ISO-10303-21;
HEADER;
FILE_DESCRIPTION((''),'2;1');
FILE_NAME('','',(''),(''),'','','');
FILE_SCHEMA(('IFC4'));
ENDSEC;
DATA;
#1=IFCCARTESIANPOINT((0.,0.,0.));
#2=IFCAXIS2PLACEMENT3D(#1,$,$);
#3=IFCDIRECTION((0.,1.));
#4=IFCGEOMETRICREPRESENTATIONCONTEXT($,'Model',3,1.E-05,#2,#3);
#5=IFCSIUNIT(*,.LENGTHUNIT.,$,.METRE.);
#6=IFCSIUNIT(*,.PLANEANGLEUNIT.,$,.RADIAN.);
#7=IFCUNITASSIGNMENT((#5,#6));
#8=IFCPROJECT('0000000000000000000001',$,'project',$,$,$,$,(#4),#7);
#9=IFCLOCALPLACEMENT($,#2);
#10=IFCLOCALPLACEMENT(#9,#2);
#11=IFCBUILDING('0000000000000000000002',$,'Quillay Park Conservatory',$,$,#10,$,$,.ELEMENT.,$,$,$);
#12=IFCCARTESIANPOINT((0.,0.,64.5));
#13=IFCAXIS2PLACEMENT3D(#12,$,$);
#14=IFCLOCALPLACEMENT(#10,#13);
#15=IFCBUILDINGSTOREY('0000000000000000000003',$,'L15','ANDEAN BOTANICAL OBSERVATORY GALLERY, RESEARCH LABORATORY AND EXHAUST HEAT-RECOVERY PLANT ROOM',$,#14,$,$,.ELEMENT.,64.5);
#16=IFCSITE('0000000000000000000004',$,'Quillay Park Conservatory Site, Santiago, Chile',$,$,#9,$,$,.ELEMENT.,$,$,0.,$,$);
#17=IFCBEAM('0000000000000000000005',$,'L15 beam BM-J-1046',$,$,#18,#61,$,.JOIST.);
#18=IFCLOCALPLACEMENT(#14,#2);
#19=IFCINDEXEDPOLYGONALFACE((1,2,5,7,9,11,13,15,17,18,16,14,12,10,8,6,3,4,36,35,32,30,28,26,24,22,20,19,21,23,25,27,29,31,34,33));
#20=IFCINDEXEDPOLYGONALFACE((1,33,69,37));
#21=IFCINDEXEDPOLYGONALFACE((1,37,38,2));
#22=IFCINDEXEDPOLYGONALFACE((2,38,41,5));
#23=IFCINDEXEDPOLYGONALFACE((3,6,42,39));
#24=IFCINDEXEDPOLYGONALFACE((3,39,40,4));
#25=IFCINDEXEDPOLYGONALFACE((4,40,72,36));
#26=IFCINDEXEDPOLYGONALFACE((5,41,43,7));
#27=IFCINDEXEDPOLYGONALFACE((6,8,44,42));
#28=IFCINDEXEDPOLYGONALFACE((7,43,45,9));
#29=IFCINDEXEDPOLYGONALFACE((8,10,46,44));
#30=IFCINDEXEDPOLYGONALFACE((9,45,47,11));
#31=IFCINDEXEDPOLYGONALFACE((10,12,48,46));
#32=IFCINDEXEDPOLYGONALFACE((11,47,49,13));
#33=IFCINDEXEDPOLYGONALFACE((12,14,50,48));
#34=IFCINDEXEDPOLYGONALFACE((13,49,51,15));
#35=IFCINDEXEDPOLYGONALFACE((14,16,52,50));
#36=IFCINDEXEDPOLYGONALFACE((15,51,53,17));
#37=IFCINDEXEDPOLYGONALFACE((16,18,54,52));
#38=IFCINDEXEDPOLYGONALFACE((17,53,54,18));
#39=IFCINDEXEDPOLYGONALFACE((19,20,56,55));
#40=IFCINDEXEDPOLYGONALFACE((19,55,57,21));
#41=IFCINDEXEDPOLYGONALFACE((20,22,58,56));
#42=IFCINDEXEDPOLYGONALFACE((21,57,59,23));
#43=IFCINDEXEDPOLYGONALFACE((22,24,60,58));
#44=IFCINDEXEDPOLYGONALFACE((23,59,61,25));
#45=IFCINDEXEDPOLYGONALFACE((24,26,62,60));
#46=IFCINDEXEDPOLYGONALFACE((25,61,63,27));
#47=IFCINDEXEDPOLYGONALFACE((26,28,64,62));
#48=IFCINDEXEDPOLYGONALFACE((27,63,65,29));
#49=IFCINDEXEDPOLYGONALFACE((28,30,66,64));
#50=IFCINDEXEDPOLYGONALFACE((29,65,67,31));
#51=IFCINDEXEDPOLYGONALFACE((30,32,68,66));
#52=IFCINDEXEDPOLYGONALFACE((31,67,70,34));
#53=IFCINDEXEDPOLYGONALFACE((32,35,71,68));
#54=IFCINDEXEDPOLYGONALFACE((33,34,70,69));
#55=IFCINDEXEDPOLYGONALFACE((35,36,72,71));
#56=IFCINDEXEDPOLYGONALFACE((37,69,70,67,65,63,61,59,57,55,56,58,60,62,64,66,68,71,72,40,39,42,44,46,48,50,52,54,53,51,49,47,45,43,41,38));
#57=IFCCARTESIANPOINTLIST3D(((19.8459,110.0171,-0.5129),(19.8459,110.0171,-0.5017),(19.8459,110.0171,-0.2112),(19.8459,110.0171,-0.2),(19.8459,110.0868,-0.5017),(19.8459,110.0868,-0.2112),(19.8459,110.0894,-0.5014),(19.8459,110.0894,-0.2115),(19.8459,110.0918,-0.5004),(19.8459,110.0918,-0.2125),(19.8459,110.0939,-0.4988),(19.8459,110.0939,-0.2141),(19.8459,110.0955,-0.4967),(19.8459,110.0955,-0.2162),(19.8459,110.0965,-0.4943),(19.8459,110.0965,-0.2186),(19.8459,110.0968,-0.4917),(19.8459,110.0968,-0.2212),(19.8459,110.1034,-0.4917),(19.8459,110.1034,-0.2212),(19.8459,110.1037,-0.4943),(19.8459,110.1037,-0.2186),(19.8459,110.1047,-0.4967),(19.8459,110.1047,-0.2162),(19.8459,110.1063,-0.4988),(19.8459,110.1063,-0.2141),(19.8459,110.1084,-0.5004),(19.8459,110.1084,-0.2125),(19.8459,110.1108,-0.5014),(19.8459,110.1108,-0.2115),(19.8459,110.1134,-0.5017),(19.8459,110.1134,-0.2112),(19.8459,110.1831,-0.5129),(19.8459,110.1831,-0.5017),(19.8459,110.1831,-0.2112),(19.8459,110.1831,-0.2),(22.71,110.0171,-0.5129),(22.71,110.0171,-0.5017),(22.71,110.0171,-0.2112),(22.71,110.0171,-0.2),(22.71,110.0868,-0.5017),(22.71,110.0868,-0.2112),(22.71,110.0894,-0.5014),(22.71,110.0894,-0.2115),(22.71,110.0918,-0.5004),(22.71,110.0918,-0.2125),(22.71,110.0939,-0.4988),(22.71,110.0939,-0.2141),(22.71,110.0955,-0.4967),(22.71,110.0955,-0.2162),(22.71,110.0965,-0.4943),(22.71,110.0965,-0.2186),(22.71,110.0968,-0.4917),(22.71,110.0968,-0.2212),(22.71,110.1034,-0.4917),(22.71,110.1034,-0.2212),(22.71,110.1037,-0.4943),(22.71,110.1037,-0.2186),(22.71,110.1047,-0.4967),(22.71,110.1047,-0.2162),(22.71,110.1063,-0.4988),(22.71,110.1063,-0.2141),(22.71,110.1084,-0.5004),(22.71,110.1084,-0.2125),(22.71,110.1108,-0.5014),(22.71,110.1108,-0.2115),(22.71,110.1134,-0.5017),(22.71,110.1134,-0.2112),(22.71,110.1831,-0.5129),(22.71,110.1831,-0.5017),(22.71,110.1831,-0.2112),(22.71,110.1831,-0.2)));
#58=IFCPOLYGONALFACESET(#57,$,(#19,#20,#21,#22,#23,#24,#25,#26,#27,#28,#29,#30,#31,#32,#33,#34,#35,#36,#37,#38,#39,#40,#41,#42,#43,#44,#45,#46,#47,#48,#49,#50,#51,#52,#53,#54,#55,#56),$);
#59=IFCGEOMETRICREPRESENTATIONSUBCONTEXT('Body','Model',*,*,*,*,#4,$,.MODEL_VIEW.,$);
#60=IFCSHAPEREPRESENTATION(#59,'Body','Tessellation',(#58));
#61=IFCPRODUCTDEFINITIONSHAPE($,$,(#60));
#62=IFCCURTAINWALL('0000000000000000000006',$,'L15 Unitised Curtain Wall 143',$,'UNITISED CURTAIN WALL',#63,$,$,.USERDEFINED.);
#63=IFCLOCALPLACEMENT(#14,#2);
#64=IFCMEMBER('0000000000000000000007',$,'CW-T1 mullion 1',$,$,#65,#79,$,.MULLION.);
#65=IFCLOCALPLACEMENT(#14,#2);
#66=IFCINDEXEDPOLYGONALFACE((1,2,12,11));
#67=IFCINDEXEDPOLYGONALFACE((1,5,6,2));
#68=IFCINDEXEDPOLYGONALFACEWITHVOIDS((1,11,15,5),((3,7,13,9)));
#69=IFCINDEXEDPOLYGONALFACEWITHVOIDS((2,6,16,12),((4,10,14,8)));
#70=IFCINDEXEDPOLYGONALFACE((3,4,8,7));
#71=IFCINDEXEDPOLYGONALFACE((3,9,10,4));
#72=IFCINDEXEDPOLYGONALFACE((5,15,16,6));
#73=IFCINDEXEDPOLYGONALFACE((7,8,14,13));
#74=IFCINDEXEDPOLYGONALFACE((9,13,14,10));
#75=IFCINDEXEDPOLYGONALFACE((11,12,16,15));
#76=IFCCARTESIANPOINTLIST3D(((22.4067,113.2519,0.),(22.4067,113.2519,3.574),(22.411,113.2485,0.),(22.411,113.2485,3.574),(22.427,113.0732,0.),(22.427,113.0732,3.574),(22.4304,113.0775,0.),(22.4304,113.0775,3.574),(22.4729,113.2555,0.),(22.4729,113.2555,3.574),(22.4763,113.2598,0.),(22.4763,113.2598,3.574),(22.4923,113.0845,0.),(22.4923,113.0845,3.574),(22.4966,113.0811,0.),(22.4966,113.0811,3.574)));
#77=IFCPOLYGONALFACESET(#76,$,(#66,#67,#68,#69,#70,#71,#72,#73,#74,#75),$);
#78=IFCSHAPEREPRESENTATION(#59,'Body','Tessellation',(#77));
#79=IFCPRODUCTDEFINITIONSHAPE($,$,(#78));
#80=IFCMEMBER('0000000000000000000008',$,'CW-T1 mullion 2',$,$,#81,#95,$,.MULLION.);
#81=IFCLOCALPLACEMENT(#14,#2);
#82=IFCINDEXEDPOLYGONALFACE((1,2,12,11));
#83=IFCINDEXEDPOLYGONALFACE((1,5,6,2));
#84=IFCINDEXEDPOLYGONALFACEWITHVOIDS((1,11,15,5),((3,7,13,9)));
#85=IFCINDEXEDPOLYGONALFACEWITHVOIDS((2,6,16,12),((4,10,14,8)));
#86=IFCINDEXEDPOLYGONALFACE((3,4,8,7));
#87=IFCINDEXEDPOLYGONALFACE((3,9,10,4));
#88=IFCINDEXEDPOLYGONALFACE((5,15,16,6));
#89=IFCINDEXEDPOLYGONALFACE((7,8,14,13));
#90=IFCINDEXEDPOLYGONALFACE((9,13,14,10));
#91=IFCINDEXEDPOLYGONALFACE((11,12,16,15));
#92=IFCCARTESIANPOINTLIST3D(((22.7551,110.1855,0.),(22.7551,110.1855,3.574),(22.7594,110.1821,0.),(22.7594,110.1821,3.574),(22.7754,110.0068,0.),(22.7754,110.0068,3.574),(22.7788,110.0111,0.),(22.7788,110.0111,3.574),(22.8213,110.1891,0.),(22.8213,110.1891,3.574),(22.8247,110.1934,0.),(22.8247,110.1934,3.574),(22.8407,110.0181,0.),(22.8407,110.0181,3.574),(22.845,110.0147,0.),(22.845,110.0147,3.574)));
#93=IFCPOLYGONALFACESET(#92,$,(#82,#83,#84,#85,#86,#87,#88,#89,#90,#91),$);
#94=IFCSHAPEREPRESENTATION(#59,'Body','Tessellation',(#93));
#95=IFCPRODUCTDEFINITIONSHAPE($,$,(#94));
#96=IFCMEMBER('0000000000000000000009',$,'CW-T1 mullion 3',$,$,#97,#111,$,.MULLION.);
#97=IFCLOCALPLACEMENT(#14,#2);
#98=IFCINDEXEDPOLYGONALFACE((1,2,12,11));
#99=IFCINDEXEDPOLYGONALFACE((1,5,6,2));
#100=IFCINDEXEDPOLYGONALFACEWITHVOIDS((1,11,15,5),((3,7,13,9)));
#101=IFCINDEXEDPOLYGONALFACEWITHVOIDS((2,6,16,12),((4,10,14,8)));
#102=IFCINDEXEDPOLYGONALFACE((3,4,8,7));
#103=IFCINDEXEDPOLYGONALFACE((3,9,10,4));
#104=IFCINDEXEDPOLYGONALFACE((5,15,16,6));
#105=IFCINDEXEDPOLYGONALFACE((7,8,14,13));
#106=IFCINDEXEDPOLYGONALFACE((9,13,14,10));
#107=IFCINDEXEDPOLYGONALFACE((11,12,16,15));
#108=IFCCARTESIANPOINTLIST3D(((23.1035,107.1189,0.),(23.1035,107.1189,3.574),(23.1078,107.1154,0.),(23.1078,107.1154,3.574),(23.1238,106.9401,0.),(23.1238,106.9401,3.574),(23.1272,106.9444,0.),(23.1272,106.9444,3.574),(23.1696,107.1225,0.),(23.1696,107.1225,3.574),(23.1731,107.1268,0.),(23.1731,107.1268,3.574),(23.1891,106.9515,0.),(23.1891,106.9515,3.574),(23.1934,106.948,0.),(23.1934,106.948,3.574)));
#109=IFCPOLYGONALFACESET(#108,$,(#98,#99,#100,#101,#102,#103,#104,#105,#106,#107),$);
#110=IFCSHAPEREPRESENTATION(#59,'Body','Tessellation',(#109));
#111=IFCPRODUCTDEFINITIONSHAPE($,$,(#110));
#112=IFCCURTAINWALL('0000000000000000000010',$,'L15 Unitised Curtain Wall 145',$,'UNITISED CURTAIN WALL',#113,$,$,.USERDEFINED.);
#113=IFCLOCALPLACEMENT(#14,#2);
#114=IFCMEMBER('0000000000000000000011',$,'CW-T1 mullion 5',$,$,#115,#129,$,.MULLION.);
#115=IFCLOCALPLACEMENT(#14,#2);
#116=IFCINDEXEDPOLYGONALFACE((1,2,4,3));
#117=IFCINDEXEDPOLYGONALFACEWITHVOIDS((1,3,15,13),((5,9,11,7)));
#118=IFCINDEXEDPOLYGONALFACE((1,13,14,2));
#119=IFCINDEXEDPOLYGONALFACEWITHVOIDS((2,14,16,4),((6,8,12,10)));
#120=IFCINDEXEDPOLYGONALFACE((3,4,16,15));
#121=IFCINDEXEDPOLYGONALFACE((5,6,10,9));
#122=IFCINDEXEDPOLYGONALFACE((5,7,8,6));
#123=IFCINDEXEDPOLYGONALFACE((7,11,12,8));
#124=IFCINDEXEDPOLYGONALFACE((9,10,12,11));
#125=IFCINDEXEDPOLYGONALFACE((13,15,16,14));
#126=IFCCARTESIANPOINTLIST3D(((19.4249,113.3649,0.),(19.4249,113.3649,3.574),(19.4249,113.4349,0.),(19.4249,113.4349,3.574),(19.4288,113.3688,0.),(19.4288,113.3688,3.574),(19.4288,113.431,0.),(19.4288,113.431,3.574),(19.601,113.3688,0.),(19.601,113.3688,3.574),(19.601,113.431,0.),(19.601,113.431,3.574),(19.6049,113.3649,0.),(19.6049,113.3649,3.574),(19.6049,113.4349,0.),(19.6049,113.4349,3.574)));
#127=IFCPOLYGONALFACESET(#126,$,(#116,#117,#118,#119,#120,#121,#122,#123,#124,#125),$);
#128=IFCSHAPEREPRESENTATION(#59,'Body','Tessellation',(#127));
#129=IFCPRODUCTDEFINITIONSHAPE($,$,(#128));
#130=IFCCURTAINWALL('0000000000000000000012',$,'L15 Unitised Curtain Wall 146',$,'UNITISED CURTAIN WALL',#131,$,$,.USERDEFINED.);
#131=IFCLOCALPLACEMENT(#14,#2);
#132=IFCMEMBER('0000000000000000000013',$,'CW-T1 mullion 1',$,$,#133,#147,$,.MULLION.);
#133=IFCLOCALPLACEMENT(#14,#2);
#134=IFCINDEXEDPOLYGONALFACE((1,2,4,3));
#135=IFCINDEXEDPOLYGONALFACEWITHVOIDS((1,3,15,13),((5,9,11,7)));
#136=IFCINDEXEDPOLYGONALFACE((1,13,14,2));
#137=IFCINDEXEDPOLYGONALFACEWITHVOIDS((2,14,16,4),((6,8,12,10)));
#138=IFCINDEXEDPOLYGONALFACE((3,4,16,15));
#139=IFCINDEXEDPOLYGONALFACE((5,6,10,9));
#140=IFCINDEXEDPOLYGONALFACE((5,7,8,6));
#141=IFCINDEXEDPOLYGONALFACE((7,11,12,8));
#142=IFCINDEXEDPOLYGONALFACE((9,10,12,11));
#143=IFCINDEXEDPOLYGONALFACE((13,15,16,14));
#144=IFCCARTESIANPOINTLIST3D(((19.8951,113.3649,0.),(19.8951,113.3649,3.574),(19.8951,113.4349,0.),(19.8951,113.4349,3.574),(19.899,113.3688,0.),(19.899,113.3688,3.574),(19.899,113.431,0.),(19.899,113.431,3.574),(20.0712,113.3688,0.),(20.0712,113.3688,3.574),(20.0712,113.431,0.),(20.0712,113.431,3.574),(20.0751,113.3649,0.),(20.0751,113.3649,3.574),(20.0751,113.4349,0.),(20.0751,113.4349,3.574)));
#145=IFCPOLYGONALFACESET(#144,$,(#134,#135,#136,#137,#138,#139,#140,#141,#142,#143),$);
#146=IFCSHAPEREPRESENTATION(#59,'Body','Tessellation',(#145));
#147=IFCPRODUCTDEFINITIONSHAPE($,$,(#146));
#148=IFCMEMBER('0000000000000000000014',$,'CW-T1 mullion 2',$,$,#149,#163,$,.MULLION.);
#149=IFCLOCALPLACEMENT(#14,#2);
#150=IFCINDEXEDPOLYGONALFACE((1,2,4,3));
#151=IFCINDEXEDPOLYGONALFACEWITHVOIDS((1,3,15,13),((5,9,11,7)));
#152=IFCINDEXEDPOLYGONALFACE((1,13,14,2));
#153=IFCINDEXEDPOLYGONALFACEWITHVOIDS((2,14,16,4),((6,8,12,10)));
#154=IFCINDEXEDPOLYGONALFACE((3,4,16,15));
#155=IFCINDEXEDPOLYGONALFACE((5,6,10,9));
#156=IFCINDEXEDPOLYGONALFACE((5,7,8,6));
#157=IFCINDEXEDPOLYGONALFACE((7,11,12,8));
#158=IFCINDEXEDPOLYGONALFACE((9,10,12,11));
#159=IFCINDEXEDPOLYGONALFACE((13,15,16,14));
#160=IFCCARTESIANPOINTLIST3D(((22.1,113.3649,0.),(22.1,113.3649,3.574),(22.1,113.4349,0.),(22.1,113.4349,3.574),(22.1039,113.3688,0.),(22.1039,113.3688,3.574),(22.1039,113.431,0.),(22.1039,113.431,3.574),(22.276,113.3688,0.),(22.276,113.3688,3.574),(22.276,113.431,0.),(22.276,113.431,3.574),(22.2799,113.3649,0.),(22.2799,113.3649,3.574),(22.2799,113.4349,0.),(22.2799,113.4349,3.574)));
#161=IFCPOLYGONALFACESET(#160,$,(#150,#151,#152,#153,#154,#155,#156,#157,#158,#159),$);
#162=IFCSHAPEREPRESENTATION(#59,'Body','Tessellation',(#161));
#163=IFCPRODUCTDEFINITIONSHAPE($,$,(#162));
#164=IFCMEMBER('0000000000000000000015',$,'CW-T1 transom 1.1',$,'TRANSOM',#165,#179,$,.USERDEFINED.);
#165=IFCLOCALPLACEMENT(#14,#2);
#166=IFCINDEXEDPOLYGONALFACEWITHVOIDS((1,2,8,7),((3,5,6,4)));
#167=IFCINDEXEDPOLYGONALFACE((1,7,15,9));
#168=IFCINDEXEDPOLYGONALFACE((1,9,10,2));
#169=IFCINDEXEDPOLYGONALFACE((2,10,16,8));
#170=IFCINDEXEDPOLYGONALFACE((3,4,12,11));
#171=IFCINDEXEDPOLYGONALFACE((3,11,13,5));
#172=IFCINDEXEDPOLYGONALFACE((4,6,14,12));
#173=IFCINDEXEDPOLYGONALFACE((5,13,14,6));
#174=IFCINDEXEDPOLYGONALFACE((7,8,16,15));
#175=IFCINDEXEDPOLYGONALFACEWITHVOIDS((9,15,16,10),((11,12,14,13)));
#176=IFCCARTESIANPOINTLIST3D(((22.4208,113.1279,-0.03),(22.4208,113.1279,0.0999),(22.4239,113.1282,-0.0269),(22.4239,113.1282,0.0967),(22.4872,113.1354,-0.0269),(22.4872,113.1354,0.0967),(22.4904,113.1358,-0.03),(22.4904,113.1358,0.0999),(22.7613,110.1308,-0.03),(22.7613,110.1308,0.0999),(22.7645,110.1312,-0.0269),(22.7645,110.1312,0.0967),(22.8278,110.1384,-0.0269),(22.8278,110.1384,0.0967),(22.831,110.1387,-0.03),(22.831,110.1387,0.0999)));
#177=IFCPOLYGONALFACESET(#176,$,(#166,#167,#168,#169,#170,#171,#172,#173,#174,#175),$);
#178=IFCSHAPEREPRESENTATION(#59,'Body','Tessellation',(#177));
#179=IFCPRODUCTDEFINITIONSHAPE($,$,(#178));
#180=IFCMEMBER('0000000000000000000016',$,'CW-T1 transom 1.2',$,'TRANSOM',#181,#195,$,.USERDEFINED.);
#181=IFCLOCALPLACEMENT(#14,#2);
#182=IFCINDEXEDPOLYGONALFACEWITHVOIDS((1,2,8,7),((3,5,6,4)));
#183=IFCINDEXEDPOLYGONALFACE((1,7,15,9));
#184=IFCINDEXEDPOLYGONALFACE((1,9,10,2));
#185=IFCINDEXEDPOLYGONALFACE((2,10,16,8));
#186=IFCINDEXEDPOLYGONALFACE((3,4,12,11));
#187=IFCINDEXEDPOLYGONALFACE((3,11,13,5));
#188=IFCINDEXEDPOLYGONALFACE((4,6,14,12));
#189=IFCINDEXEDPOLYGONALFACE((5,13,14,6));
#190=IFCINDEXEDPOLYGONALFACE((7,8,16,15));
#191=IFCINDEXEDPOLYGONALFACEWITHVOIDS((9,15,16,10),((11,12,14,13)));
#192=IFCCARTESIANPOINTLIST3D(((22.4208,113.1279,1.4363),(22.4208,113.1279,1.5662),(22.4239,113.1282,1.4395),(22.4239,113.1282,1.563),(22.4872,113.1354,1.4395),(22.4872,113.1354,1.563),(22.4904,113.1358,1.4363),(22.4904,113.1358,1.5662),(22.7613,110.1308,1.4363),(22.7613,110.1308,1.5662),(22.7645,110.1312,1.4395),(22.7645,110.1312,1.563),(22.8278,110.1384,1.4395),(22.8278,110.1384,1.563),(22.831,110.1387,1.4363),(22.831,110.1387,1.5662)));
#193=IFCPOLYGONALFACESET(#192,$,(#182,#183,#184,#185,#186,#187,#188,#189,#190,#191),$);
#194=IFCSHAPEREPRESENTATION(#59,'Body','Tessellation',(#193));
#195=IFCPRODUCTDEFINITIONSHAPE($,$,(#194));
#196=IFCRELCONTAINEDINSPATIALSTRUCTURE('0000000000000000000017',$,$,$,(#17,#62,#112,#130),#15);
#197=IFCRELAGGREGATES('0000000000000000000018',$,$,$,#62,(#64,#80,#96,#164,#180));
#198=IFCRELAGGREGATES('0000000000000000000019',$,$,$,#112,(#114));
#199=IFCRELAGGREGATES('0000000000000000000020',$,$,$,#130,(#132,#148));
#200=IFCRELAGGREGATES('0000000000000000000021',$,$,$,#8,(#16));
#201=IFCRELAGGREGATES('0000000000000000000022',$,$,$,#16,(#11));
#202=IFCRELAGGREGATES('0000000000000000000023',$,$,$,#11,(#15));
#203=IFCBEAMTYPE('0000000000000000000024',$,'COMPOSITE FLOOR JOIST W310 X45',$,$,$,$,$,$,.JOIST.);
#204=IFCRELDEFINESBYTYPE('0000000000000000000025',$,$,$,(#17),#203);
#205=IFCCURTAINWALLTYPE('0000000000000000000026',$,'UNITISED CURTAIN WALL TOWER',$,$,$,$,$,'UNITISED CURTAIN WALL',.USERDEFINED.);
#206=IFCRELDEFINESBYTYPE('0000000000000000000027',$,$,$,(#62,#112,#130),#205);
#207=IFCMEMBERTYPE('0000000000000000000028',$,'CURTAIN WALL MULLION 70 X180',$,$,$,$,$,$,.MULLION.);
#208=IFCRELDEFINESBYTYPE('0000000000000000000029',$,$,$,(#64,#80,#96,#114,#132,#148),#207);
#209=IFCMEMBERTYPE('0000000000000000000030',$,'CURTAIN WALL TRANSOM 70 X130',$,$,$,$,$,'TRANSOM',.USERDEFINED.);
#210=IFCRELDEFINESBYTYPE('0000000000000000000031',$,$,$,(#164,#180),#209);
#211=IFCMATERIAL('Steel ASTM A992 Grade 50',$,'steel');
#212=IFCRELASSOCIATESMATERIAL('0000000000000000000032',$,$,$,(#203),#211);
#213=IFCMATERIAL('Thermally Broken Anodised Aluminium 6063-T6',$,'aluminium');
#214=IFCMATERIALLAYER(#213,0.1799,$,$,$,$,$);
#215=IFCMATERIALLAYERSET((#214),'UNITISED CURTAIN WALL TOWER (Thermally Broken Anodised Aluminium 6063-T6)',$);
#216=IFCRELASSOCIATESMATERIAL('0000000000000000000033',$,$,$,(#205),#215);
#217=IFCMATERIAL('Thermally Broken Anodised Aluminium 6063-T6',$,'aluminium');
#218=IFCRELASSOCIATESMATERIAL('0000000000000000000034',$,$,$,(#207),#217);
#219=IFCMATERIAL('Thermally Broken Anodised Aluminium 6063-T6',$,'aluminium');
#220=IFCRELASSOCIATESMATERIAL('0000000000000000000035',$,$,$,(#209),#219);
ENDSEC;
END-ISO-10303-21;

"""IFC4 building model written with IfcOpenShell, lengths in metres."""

from ifc_helpers import new_model, si_unit, direction, frame, origin, origin_2d, place, context, subcontext, project, spatial, hollow_rectangle, i_section, extrude, material, layer, layer_set, material_profile, profile_set, type_object, element, aggregate, save


model = new_model("IFC4")

# Units and contexts
model_context = context("Model", 3, precision=1e-05, world=origin(), true_north=direction((0.0, 1.0)))
body_context = subcontext(model_context, "Body", "Model", "MODEL_VIEW")
ifc_project = project(units=[si_unit("LENGTHUNIT", "METRE"), si_unit("PLANEANGLEUNIT", "RADIAN")], contexts=[model_context])

# Site, building, storey
site_placement = place(None, origin())
site = spatial("IfcSite", under=ifc_project, at=site_placement, Name="Quillay Park Conservatory Site, Santiago, Chile", CompositionType="ELEMENT", RefElevation=0.0)
building_placement = place(site_placement, origin())
building = spatial("IfcBuilding", under=site, at=building_placement, Name="Quillay Park Conservatory", CompositionType="ELEMENT")
storey_placement = place(building_placement, frame((0.0, 0.0, 64.5)))
storey = spatial("IfcBuildingStorey", under=building, at=storey_placement, Name="L15", Description="ANDEAN BOTANICAL OBSERVATORY GALLERY, RESEARCH LABORATORY AND EXHAUST HEAT-RECOVERY PLANT ROOM", CompositionType="ELEMENT", Elevation=64.5)

# Beam
ifc_material_1 = material(Name="Steel ASTM A992 Grade 50", Category="steel")
ifc_material_profile_1 = material_profile(ifc_material_1, i_section(OverallWidth=0.166, OverallDepth=0.313, WebThickness=0.0066, FlangeThickness=0.0112, FilletRadius=0.01, at=origin_2d()), Name="W310x45")
ifc_profile_set_1 = profile_set([ifc_material_profile_1], Name="Steel ASTM A992 Grade 50")
beam_type_1 = type_object("IfcBeamType", Name="COMPOSITE FLOOR JOIST W310 X45", PredefinedType="JOIST", material=ifc_profile_set_1)
beam_1_placement = place(storey_placement, frame((19.8459, 110.1001, -0.3564), z_axis=(1.0, 0.0, 0.0), x_axis=(0.0, 1.0, 0.0)))
element("IfcBeam", 1, at=beam_1_placement, inside=storey, type_object=beam_type_1, Name="L15 beam BM-J-1046", PredefinedType="JOIST", context=body_context, shape_type="SweptSolid", body=[
    extrude(i_section(OverallWidth=0.166, OverallDepth=0.313, WebThickness=0.0066, FlangeThickness=0.0112, FilletRadius=0.01, at=origin_2d()), origin(), (0.0, 0.0, 1.0), 2.864),
])

# Curtain wall, members
ifc_material_2 = material(Name="Thermally Broken Anodised Aluminium 6063-T6", Category="aluminium")
ifc_layer_1 = layer(ifc_material_2, 0.1799)
ifc_layer_set_1 = layer_set([ifc_layer_1], Name="UNITISED CURTAIN WALL TOWER (Thermally Broken Anodised Aluminium 6063-T6)")
curtain_wall_type = type_object("IfcCurtainWallType", Name="UNITISED CURTAIN WALL TOWER", ElementType="UNITISED CURTAIN WALL", PredefinedType="USERDEFINED", material=ifc_layer_set_1)
curtain_wall_1_placement = place(storey_placement, origin())
curtain_wall_1 = element("IfcCurtainWall", 2, at=curtain_wall_1_placement, inside=storey, type_object=curtain_wall_type, Name="L15 Unitised Curtain Wall 143", ObjectType="UNITISED CURTAIN WALL", PredefinedType="USERDEFINED")
ifc_material_3 = material(Name="Thermally Broken Anodised Aluminium 6063-T6", Category="aluminium")
ifc_material_profile_2 = material_profile(ifc_material_3, hollow_rectangle(XDim=0.0701, YDim=0.1799, WallThickness=0.0039, at=origin_2d()), Name="AL70x180x4")
ifc_profile_set_2 = profile_set([ifc_material_profile_2], Name="Thermally Broken Anodised Aluminium 6063-T6")
member_type_1 = type_object("IfcMemberType", Name="CURTAIN WALL MULLION 70 X180", PredefinedType="MULLION", material=ifc_profile_set_2)
member_1_placement = place(storey_placement, frame((22.4517, 113.1665, 0.0), z_axis=(0.0, 0.0, 1.0), x_axis=(0.993606, 0.112903, 0.0)))
member_1 = element("IfcMember", 3, at=member_1_placement, type_object=member_type_1, Name="CW-T1 mullion 1", PredefinedType="MULLION", context=body_context, shape_type="SweptSolid", body=[
    extrude(hollow_rectangle(XDim=0.0701, YDim=0.1799, WallThickness=0.0039, at=origin_2d()), origin(), (0.0, 0.0, 1.0), 3.574),
])
member_2_placement = place(storey_placement, frame((22.8, 110.1001, 0.0), z_axis=(0.0, 0.0, 1.0), x_axis=(0.993606, 0.112903, 0.0)))
member_2 = element("IfcMember", 4, at=member_2_placement, type_object=member_type_1, Name="CW-T1 mullion 2", PredefinedType="MULLION", context=body_context, shape_type="SweptSolid", body=[
    extrude(hollow_rectangle(XDim=0.0701, YDim=0.1799, WallThickness=0.0039, at=origin_2d()), origin(), (0.0, 0.0, 1.0), 3.574),
])
member_3_placement = place(storey_placement, frame((23.1484, 107.0334, 0.0), z_axis=(0.0, 0.0, 1.0), x_axis=(0.993606, 0.112903, 0.0)))
member_3 = element("IfcMember", 5, at=member_3_placement, type_object=member_type_1, Name="CW-T1 mullion 3", PredefinedType="MULLION", context=body_context, shape_type="SweptSolid", body=[
    extrude(hollow_rectangle(XDim=0.0701, YDim=0.1799, WallThickness=0.0039, at=origin_2d()), origin(), (0.0, 0.0, 1.0), 3.574),
])

# Curtain wall, member
curtain_wall_2_placement = place(storey_placement, origin())
curtain_wall_2 = element("IfcCurtainWall", 6, at=curtain_wall_2_placement, inside=storey, type_object=curtain_wall_type, Name="L15 Unitised Curtain Wall 145", ObjectType="UNITISED CURTAIN WALL", PredefinedType="USERDEFINED")
member_4_placement = place(storey_placement, frame((19.5149, 113.3999, 0.0), z_axis=(0.0, 0.0, 1.0), x_axis=(0.0, 1.0, 0.0)))
member_4 = element("IfcMember", 7, at=member_4_placement, type_object=member_type_1, Name="CW-T1 mullion 5", PredefinedType="MULLION", context=body_context, shape_type="SweptSolid", body=[
    extrude(hollow_rectangle(XDim=0.0701, YDim=0.1799, WallThickness=0.0039, at=origin_2d()), origin(), (0.0, 0.0, 1.0), 3.574),
])

# Curtain wall, members
curtain_wall_3_placement = place(storey_placement, origin())
curtain_wall_3 = element("IfcCurtainWall", 8, at=curtain_wall_3_placement, inside=storey, type_object=curtain_wall_type, Name="L15 Unitised Curtain Wall 146", ObjectType="UNITISED CURTAIN WALL", PredefinedType="USERDEFINED")
member_5_placement = place(storey_placement, frame((19.9851, 113.3999, 0.0), z_axis=(0.0, 0.0, 1.0), x_axis=(0.0, 1.0, 0.0)))
member_5 = element("IfcMember", 9, at=member_5_placement, type_object=member_type_1, Name="CW-T1 mullion 1", PredefinedType="MULLION", context=body_context, shape_type="SweptSolid", body=[
    extrude(hollow_rectangle(XDim=0.0701, YDim=0.1799, WallThickness=0.0039, at=origin_2d()), origin(), (0.0, 0.0, 1.0), 3.574),
])
member_6_placement = place(storey_placement, frame((22.1899, 113.3999, 0.0), z_axis=(0.0, 0.0, 1.0), x_axis=(0.0, 1.0, 0.0)))
member_6 = element("IfcMember", 10, at=member_6_placement, type_object=member_type_1, Name="CW-T1 mullion 2", PredefinedType="MULLION", context=body_context, shape_type="SweptSolid", body=[
    extrude(hollow_rectangle(XDim=0.0701, YDim=0.1799, WallThickness=0.0039, at=origin_2d()), origin(), (0.0, 0.0, 1.0), 3.574),
])

# Members
ifc_material_4 = material(Name="Thermally Broken Anodised Aluminium 6063-T6", Category="aluminium")
ifc_material_profile_3 = material_profile(ifc_material_4, hollow_rectangle(XDim=0.0701, YDim=0.1299, WallThickness=0.0032, at=origin_2d()), Name="AL70x130x3.2")
ifc_profile_set_3 = profile_set([ifc_material_profile_3], Name="Thermally Broken Anodised Aluminium 6063-T6")
member_type_2 = type_object("IfcMemberType", Name="CURTAIN WALL TRANSOM 70 X130", ElementType="TRANSOM", PredefinedType="USERDEFINED", material=ifc_profile_set_3)
member_7_placement = place(storey_placement, frame((22.4556, 113.1318, 0.0349), z_axis=(0.11291, -0.993605, 0.0), x_axis=(0.993605, 0.11291, 0.0)))
member_7 = element("IfcMember", 11, at=member_7_placement, type_object=member_type_2, Name="CW-T1 transom 1.1", ObjectType="TRANSOM", PredefinedType="USERDEFINED", context=body_context, shape_type="SweptSolid", body=[
    extrude(hollow_rectangle(XDim=0.0701, YDim=0.1299, WallThickness=0.0032, at=origin_2d()), origin(), (0.0, 0.0, 1.0), 3.0164),
])
member_8_placement = place(storey_placement, frame((22.4556, 113.1318, 1.5012), z_axis=(0.11291, -0.993605, 0.0), x_axis=(0.993605, 0.11291, 0.0)))
member_8 = element("IfcMember", 12, at=member_8_placement, type_object=member_type_2, Name="CW-T1 transom 1.2", ObjectType="TRANSOM", PredefinedType="USERDEFINED", context=body_context, shape_type="SweptSolid", body=[
    extrude(hollow_rectangle(XDim=0.0701, YDim=0.1299, WallThickness=0.0032, at=origin_2d()), origin(), (0.0, 0.0, 1.0), 3.0164),
])

aggregate(curtain_wall_1, [member_1, member_2, member_3, member_7, member_8])
aggregate(curtain_wall_2, [member_4])
aggregate(curtain_wall_3, [member_5, member_6])

save(model, "model.ifc")
